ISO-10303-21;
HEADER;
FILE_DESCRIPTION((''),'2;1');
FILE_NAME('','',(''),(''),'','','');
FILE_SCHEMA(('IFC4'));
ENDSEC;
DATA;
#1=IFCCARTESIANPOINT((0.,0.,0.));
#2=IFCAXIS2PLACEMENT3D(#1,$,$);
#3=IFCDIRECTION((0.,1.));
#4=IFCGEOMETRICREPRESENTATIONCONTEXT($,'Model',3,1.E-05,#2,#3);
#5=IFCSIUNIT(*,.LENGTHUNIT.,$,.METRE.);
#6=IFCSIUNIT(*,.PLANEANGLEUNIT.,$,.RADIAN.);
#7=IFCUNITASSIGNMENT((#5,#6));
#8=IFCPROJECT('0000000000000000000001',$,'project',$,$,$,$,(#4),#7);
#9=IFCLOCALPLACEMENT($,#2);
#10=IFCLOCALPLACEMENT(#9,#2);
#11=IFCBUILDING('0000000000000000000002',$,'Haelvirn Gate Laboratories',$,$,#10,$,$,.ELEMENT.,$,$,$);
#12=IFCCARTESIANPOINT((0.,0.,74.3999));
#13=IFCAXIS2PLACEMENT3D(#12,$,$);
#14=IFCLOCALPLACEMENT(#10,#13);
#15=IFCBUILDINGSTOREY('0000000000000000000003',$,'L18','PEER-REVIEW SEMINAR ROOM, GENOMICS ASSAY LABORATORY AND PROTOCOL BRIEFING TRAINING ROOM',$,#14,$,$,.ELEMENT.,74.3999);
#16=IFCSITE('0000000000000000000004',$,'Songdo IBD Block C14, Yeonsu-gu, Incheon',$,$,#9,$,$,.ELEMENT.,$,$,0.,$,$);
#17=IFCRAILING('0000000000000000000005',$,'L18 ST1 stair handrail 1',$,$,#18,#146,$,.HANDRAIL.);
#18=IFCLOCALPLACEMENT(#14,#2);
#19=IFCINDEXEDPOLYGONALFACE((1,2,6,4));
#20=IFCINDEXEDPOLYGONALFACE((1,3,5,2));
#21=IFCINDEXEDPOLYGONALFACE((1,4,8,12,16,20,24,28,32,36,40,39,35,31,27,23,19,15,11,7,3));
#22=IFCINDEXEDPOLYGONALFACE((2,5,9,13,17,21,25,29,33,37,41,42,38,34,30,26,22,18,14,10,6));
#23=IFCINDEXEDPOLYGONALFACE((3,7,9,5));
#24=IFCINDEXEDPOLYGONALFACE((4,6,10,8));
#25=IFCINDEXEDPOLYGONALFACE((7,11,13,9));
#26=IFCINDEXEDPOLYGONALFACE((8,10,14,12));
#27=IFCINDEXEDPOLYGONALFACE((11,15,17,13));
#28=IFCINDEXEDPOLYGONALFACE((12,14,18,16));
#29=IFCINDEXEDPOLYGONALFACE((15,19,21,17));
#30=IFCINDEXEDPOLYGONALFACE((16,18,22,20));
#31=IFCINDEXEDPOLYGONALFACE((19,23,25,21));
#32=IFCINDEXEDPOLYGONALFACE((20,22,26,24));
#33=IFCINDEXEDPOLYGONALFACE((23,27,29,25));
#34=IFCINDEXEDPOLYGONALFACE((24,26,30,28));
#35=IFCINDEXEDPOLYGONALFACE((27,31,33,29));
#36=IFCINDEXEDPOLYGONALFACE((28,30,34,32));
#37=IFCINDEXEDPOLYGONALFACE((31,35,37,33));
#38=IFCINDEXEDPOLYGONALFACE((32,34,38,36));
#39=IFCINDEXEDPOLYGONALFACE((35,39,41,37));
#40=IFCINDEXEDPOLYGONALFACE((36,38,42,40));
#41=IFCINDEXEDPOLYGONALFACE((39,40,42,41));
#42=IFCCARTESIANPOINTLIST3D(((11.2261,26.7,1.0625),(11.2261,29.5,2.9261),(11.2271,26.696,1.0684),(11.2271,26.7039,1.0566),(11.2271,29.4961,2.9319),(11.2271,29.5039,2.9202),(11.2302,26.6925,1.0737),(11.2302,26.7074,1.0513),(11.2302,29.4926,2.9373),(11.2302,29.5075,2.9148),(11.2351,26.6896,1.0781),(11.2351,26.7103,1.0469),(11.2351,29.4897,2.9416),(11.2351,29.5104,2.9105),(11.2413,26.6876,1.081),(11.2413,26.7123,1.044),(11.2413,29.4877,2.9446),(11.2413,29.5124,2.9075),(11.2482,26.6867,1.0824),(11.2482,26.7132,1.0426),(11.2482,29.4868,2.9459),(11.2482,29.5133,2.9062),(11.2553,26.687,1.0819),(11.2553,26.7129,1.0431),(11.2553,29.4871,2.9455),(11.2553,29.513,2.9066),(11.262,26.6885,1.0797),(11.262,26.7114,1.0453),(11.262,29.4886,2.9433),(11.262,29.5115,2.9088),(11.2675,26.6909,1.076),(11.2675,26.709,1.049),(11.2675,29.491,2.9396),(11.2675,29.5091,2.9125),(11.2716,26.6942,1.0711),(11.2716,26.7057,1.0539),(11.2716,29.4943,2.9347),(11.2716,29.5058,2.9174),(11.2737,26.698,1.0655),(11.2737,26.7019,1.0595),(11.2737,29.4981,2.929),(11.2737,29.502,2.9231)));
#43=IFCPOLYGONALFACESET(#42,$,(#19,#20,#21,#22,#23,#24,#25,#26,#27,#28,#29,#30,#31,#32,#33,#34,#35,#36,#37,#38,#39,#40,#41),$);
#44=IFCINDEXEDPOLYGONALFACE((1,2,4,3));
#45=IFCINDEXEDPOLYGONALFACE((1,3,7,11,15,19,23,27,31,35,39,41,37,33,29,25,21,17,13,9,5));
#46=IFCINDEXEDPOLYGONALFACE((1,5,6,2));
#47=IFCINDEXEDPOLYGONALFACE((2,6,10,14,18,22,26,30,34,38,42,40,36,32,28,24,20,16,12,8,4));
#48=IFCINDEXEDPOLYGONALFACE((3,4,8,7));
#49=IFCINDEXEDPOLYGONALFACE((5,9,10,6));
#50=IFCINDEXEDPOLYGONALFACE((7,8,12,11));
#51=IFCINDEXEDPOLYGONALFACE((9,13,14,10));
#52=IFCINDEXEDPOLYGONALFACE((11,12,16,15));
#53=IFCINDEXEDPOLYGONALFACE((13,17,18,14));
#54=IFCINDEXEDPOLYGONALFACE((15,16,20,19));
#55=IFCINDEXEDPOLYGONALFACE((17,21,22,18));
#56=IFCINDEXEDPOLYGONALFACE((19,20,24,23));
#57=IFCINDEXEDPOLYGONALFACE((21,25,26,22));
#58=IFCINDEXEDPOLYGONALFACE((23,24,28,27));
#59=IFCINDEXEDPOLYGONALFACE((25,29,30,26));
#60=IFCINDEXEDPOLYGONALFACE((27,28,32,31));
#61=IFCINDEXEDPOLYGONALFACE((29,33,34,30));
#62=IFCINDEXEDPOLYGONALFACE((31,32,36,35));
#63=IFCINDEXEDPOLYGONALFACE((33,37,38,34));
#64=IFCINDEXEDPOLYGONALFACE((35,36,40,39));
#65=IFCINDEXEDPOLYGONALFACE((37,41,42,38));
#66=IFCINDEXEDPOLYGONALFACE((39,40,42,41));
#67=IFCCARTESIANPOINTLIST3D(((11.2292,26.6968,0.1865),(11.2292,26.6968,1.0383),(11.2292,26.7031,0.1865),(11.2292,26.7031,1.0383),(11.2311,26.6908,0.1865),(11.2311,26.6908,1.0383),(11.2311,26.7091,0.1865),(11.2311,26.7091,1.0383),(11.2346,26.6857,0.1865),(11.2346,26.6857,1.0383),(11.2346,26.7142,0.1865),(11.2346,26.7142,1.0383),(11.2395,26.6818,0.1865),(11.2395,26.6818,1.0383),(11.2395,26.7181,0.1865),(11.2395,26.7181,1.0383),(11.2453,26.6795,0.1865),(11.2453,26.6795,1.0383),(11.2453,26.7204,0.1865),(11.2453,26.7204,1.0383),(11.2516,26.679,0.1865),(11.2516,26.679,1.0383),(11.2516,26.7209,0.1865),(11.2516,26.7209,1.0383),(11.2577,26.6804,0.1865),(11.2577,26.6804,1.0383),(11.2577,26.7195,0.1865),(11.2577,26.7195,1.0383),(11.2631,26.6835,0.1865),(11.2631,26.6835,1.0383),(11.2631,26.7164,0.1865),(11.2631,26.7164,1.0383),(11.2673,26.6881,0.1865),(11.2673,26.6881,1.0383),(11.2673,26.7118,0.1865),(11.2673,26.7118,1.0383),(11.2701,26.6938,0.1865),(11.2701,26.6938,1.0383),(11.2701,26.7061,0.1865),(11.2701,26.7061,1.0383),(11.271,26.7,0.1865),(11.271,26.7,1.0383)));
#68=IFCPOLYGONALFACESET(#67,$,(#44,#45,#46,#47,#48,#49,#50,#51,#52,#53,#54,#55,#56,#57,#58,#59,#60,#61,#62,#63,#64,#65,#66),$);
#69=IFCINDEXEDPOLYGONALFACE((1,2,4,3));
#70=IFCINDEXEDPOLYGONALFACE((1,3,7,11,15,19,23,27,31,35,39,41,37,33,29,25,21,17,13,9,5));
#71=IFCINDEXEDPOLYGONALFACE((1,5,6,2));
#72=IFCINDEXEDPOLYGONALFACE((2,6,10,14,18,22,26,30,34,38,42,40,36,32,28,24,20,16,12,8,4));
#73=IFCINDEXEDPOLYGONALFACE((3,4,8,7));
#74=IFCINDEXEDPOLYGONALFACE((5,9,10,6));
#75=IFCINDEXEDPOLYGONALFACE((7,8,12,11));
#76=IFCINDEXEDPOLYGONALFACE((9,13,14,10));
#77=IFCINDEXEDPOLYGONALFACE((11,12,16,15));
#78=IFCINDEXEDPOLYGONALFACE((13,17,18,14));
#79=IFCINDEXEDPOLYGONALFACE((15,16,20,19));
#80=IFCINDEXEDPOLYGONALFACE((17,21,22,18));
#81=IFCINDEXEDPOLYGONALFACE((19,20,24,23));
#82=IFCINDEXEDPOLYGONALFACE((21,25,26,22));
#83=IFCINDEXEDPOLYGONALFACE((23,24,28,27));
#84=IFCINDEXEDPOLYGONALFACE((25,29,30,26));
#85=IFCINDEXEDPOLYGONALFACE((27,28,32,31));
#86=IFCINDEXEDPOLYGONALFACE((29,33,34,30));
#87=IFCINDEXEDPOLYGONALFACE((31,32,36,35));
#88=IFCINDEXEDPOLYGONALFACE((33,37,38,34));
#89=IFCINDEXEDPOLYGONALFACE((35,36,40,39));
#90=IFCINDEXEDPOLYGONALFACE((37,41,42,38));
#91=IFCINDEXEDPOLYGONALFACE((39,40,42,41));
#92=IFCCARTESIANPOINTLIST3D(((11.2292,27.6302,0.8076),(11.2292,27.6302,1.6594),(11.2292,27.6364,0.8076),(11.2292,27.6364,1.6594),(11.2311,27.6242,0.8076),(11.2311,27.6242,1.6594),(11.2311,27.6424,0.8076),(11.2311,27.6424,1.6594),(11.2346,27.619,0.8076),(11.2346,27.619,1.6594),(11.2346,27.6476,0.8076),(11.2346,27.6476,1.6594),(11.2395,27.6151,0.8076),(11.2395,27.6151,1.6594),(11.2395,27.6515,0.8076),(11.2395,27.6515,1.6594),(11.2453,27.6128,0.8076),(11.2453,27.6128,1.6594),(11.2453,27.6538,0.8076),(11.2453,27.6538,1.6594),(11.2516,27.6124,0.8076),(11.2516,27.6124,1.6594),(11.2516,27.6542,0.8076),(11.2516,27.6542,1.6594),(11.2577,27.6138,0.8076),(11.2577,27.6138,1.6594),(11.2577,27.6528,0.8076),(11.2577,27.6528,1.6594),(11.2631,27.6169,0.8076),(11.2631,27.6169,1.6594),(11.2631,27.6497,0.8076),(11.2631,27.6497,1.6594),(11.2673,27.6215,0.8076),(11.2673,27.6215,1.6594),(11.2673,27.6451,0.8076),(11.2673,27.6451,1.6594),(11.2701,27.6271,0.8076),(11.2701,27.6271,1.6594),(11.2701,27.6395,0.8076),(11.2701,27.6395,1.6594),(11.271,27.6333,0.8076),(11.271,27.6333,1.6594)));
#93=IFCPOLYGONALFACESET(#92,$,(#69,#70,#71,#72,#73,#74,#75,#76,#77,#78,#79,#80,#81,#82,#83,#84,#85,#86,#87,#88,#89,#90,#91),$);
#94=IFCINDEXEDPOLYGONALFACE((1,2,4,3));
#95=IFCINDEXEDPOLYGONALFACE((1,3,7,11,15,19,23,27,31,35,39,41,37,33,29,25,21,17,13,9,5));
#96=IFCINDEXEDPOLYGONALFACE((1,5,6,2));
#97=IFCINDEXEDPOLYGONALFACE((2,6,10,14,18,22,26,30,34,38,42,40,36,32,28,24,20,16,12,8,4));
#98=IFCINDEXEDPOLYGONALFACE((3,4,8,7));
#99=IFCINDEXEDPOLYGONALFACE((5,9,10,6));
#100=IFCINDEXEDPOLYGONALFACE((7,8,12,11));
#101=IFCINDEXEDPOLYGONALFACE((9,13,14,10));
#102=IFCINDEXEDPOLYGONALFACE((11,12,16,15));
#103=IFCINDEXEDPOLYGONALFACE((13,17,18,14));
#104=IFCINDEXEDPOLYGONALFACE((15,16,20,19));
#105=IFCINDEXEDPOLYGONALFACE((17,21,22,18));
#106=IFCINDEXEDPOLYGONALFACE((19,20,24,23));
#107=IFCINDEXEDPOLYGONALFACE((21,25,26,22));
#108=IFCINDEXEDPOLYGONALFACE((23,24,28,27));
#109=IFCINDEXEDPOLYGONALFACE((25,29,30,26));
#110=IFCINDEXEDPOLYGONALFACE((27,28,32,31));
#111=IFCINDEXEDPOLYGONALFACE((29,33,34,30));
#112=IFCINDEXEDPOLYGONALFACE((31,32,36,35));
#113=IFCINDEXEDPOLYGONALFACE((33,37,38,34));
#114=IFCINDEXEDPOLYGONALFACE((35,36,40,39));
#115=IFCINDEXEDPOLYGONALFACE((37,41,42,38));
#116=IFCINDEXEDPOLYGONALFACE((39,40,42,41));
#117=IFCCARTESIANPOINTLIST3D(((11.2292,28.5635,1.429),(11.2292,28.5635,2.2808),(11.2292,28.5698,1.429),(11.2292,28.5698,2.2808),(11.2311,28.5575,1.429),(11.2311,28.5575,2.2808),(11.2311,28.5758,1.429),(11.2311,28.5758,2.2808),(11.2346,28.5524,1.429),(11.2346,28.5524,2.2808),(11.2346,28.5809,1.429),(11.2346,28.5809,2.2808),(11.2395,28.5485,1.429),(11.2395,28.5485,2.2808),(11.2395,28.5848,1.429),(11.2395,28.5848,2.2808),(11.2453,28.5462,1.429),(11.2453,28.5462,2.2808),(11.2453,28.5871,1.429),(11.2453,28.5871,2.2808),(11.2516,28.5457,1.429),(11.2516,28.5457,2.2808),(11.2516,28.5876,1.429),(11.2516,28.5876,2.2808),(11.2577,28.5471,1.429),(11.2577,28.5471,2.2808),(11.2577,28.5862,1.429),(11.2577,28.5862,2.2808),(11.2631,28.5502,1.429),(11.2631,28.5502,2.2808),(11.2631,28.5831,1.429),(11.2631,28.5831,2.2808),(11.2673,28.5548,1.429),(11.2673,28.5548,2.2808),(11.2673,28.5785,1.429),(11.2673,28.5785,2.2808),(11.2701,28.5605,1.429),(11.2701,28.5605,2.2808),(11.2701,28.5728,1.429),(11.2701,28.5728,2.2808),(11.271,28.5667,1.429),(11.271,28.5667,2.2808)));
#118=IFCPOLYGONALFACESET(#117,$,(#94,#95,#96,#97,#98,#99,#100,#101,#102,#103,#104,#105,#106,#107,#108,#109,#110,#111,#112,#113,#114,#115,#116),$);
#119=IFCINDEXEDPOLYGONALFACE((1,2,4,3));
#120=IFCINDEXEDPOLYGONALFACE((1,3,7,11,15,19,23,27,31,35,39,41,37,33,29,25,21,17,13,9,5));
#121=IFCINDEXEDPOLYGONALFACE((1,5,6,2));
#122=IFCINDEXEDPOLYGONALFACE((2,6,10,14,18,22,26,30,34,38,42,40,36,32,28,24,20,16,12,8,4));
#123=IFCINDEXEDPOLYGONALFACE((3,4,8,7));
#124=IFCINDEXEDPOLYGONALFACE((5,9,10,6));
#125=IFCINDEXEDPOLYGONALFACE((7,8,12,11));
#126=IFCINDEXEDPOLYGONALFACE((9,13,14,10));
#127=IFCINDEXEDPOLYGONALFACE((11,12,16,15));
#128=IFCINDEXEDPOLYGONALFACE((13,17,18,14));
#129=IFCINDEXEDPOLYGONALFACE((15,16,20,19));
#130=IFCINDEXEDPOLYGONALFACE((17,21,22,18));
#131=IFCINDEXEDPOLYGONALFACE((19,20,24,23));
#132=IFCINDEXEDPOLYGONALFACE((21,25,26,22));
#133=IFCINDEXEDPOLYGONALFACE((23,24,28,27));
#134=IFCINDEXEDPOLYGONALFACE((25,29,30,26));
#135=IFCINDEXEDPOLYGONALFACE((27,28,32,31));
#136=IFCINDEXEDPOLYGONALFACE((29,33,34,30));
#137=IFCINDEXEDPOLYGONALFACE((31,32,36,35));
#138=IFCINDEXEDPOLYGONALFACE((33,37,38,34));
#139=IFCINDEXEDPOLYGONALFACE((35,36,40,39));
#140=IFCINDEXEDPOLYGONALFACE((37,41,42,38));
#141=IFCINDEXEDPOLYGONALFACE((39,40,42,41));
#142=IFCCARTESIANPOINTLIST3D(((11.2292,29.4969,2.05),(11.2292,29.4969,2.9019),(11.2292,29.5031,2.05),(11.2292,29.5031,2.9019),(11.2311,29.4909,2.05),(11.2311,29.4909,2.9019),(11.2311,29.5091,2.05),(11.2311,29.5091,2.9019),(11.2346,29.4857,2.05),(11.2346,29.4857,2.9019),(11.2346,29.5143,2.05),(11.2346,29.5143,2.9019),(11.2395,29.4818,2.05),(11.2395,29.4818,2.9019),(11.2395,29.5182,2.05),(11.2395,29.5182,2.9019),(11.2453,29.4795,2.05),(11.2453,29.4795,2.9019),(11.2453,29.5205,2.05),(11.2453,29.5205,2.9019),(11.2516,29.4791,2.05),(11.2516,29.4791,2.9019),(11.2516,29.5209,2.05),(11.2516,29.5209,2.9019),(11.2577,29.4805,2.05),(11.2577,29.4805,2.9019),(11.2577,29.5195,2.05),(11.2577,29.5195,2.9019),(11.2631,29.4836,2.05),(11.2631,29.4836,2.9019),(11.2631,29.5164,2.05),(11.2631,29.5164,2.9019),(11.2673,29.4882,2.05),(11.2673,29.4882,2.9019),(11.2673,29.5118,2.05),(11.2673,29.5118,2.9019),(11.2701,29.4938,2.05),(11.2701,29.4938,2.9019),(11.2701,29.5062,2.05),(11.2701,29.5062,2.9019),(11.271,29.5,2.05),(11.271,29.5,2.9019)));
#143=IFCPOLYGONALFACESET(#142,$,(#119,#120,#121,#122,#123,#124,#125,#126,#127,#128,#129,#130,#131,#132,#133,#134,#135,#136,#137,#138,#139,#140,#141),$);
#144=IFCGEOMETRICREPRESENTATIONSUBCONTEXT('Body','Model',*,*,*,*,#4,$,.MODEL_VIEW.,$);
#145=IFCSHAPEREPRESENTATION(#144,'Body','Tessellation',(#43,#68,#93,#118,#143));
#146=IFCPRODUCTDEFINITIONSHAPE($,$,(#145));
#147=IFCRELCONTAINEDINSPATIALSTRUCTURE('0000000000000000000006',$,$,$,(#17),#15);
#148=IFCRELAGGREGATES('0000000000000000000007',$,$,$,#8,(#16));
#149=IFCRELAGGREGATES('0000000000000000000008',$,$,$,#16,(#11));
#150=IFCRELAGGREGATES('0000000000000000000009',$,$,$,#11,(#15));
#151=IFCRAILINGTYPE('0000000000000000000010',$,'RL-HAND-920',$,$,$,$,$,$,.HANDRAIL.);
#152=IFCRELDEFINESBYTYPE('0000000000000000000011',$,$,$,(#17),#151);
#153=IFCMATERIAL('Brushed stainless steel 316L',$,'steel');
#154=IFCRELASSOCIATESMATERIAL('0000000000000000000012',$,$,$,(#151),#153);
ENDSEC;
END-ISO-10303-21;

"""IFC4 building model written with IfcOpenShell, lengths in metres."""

from ifc_helpers import new_model, si_unit, direction, frame, origin, origin_2d, place, context, subcontext, project, spatial, circle, extrude, source, transform, mapped, material, type_object, type_shapes, element, save


model = new_model("IFC4")

# Units and contexts
model_context = context("Model", 3, precision=1e-05, world=origin(), true_north=direction((0.0, 1.0)))
body_context = subcontext(model_context, "Body", "Model", "MODEL_VIEW")
ifc_project = project(units=[si_unit("LENGTHUNIT", "METRE"), si_unit("PLANEANGLEUNIT", "RADIAN")], contexts=[model_context])

# Site, building, storey
site_placement = place(None, origin())
site = spatial("IfcSite", under=ifc_project, at=site_placement, Name="Songdo IBD Block C14, Yeonsu-gu, Incheon", CompositionType="ELEMENT", RefElevation=0.0)
building_placement = place(site_placement, origin())
building = spatial("IfcBuilding", under=site, at=building_placement, Name="Haelvirn Gate Laboratories", CompositionType="ELEMENT")
storey_placement = place(building_placement, frame((0.0, 0.0, 74.3999)))
storey = spatial("IfcBuildingStorey", under=building, at=storey_placement, Name="L18", Description="PEER-REVIEW SEMINAR ROOM, GENOMICS ASSAY LABORATORY AND PROTOCOL BRIEFING TRAINING ROOM", CompositionType="ELEMENT", Elevation=74.3999)

# Railing
ifc_material_1 = material(Name="Brushed stainless steel 316L", Category="steel")
railing_type = type_object("IfcRailingType", Name="RL-HAND-920", PredefinedType="HANDRAIL", material=ifc_material_1)
shared_shape_1 = source(origin(), body_context, "Body", "SweptSolid", [
    extrude(circle(Radius=0.0239, at=origin_2d()), frame((0.0, 0.0, 0.876), z_axis=(0.0, 0.832486, 0.554047), x_axis=(-1.0, 0.0, 0.0)), (0.0, 0.0, 1.0), 3.3635),
    extrude(circle(Radius=0.021, at=origin_2d()), origin(), (0.0, 0.0, 1.0), 0.8518),
    extrude(circle(Radius=0.021, at=origin_2d()), frame((0.0, 0.9333, 0.6211)), (0.0, 0.0, 1.0), 0.8518),
    extrude(circle(Radius=0.021, at=origin_2d()), frame((0.0, 1.8667, 1.2424)), (0.0, 0.0, 1.0), 0.8518),
    extrude(circle(Radius=0.021, at=origin_2d()), frame((0.0, 2.8, 1.8635)), (0.0, 0.0, 1.0), 0.8518),
])
type_shapes(railing_type, [shared_shape_1])
railing_placement = place(storey_placement, frame((11.25, 26.7, 0.1865)))
element("IfcRailing", 1, at=railing_placement, inside=storey, type_object=railing_type, Name="L18 ST1 stair handrail 1", PredefinedType="HANDRAIL", context=body_context, shape_type="MappedRepresentation", body=[
    mapped(shared_shape_1, transform((0.0, 0.0, 0.0), scale=1.0)),
])

save(model, "model.ifc")
